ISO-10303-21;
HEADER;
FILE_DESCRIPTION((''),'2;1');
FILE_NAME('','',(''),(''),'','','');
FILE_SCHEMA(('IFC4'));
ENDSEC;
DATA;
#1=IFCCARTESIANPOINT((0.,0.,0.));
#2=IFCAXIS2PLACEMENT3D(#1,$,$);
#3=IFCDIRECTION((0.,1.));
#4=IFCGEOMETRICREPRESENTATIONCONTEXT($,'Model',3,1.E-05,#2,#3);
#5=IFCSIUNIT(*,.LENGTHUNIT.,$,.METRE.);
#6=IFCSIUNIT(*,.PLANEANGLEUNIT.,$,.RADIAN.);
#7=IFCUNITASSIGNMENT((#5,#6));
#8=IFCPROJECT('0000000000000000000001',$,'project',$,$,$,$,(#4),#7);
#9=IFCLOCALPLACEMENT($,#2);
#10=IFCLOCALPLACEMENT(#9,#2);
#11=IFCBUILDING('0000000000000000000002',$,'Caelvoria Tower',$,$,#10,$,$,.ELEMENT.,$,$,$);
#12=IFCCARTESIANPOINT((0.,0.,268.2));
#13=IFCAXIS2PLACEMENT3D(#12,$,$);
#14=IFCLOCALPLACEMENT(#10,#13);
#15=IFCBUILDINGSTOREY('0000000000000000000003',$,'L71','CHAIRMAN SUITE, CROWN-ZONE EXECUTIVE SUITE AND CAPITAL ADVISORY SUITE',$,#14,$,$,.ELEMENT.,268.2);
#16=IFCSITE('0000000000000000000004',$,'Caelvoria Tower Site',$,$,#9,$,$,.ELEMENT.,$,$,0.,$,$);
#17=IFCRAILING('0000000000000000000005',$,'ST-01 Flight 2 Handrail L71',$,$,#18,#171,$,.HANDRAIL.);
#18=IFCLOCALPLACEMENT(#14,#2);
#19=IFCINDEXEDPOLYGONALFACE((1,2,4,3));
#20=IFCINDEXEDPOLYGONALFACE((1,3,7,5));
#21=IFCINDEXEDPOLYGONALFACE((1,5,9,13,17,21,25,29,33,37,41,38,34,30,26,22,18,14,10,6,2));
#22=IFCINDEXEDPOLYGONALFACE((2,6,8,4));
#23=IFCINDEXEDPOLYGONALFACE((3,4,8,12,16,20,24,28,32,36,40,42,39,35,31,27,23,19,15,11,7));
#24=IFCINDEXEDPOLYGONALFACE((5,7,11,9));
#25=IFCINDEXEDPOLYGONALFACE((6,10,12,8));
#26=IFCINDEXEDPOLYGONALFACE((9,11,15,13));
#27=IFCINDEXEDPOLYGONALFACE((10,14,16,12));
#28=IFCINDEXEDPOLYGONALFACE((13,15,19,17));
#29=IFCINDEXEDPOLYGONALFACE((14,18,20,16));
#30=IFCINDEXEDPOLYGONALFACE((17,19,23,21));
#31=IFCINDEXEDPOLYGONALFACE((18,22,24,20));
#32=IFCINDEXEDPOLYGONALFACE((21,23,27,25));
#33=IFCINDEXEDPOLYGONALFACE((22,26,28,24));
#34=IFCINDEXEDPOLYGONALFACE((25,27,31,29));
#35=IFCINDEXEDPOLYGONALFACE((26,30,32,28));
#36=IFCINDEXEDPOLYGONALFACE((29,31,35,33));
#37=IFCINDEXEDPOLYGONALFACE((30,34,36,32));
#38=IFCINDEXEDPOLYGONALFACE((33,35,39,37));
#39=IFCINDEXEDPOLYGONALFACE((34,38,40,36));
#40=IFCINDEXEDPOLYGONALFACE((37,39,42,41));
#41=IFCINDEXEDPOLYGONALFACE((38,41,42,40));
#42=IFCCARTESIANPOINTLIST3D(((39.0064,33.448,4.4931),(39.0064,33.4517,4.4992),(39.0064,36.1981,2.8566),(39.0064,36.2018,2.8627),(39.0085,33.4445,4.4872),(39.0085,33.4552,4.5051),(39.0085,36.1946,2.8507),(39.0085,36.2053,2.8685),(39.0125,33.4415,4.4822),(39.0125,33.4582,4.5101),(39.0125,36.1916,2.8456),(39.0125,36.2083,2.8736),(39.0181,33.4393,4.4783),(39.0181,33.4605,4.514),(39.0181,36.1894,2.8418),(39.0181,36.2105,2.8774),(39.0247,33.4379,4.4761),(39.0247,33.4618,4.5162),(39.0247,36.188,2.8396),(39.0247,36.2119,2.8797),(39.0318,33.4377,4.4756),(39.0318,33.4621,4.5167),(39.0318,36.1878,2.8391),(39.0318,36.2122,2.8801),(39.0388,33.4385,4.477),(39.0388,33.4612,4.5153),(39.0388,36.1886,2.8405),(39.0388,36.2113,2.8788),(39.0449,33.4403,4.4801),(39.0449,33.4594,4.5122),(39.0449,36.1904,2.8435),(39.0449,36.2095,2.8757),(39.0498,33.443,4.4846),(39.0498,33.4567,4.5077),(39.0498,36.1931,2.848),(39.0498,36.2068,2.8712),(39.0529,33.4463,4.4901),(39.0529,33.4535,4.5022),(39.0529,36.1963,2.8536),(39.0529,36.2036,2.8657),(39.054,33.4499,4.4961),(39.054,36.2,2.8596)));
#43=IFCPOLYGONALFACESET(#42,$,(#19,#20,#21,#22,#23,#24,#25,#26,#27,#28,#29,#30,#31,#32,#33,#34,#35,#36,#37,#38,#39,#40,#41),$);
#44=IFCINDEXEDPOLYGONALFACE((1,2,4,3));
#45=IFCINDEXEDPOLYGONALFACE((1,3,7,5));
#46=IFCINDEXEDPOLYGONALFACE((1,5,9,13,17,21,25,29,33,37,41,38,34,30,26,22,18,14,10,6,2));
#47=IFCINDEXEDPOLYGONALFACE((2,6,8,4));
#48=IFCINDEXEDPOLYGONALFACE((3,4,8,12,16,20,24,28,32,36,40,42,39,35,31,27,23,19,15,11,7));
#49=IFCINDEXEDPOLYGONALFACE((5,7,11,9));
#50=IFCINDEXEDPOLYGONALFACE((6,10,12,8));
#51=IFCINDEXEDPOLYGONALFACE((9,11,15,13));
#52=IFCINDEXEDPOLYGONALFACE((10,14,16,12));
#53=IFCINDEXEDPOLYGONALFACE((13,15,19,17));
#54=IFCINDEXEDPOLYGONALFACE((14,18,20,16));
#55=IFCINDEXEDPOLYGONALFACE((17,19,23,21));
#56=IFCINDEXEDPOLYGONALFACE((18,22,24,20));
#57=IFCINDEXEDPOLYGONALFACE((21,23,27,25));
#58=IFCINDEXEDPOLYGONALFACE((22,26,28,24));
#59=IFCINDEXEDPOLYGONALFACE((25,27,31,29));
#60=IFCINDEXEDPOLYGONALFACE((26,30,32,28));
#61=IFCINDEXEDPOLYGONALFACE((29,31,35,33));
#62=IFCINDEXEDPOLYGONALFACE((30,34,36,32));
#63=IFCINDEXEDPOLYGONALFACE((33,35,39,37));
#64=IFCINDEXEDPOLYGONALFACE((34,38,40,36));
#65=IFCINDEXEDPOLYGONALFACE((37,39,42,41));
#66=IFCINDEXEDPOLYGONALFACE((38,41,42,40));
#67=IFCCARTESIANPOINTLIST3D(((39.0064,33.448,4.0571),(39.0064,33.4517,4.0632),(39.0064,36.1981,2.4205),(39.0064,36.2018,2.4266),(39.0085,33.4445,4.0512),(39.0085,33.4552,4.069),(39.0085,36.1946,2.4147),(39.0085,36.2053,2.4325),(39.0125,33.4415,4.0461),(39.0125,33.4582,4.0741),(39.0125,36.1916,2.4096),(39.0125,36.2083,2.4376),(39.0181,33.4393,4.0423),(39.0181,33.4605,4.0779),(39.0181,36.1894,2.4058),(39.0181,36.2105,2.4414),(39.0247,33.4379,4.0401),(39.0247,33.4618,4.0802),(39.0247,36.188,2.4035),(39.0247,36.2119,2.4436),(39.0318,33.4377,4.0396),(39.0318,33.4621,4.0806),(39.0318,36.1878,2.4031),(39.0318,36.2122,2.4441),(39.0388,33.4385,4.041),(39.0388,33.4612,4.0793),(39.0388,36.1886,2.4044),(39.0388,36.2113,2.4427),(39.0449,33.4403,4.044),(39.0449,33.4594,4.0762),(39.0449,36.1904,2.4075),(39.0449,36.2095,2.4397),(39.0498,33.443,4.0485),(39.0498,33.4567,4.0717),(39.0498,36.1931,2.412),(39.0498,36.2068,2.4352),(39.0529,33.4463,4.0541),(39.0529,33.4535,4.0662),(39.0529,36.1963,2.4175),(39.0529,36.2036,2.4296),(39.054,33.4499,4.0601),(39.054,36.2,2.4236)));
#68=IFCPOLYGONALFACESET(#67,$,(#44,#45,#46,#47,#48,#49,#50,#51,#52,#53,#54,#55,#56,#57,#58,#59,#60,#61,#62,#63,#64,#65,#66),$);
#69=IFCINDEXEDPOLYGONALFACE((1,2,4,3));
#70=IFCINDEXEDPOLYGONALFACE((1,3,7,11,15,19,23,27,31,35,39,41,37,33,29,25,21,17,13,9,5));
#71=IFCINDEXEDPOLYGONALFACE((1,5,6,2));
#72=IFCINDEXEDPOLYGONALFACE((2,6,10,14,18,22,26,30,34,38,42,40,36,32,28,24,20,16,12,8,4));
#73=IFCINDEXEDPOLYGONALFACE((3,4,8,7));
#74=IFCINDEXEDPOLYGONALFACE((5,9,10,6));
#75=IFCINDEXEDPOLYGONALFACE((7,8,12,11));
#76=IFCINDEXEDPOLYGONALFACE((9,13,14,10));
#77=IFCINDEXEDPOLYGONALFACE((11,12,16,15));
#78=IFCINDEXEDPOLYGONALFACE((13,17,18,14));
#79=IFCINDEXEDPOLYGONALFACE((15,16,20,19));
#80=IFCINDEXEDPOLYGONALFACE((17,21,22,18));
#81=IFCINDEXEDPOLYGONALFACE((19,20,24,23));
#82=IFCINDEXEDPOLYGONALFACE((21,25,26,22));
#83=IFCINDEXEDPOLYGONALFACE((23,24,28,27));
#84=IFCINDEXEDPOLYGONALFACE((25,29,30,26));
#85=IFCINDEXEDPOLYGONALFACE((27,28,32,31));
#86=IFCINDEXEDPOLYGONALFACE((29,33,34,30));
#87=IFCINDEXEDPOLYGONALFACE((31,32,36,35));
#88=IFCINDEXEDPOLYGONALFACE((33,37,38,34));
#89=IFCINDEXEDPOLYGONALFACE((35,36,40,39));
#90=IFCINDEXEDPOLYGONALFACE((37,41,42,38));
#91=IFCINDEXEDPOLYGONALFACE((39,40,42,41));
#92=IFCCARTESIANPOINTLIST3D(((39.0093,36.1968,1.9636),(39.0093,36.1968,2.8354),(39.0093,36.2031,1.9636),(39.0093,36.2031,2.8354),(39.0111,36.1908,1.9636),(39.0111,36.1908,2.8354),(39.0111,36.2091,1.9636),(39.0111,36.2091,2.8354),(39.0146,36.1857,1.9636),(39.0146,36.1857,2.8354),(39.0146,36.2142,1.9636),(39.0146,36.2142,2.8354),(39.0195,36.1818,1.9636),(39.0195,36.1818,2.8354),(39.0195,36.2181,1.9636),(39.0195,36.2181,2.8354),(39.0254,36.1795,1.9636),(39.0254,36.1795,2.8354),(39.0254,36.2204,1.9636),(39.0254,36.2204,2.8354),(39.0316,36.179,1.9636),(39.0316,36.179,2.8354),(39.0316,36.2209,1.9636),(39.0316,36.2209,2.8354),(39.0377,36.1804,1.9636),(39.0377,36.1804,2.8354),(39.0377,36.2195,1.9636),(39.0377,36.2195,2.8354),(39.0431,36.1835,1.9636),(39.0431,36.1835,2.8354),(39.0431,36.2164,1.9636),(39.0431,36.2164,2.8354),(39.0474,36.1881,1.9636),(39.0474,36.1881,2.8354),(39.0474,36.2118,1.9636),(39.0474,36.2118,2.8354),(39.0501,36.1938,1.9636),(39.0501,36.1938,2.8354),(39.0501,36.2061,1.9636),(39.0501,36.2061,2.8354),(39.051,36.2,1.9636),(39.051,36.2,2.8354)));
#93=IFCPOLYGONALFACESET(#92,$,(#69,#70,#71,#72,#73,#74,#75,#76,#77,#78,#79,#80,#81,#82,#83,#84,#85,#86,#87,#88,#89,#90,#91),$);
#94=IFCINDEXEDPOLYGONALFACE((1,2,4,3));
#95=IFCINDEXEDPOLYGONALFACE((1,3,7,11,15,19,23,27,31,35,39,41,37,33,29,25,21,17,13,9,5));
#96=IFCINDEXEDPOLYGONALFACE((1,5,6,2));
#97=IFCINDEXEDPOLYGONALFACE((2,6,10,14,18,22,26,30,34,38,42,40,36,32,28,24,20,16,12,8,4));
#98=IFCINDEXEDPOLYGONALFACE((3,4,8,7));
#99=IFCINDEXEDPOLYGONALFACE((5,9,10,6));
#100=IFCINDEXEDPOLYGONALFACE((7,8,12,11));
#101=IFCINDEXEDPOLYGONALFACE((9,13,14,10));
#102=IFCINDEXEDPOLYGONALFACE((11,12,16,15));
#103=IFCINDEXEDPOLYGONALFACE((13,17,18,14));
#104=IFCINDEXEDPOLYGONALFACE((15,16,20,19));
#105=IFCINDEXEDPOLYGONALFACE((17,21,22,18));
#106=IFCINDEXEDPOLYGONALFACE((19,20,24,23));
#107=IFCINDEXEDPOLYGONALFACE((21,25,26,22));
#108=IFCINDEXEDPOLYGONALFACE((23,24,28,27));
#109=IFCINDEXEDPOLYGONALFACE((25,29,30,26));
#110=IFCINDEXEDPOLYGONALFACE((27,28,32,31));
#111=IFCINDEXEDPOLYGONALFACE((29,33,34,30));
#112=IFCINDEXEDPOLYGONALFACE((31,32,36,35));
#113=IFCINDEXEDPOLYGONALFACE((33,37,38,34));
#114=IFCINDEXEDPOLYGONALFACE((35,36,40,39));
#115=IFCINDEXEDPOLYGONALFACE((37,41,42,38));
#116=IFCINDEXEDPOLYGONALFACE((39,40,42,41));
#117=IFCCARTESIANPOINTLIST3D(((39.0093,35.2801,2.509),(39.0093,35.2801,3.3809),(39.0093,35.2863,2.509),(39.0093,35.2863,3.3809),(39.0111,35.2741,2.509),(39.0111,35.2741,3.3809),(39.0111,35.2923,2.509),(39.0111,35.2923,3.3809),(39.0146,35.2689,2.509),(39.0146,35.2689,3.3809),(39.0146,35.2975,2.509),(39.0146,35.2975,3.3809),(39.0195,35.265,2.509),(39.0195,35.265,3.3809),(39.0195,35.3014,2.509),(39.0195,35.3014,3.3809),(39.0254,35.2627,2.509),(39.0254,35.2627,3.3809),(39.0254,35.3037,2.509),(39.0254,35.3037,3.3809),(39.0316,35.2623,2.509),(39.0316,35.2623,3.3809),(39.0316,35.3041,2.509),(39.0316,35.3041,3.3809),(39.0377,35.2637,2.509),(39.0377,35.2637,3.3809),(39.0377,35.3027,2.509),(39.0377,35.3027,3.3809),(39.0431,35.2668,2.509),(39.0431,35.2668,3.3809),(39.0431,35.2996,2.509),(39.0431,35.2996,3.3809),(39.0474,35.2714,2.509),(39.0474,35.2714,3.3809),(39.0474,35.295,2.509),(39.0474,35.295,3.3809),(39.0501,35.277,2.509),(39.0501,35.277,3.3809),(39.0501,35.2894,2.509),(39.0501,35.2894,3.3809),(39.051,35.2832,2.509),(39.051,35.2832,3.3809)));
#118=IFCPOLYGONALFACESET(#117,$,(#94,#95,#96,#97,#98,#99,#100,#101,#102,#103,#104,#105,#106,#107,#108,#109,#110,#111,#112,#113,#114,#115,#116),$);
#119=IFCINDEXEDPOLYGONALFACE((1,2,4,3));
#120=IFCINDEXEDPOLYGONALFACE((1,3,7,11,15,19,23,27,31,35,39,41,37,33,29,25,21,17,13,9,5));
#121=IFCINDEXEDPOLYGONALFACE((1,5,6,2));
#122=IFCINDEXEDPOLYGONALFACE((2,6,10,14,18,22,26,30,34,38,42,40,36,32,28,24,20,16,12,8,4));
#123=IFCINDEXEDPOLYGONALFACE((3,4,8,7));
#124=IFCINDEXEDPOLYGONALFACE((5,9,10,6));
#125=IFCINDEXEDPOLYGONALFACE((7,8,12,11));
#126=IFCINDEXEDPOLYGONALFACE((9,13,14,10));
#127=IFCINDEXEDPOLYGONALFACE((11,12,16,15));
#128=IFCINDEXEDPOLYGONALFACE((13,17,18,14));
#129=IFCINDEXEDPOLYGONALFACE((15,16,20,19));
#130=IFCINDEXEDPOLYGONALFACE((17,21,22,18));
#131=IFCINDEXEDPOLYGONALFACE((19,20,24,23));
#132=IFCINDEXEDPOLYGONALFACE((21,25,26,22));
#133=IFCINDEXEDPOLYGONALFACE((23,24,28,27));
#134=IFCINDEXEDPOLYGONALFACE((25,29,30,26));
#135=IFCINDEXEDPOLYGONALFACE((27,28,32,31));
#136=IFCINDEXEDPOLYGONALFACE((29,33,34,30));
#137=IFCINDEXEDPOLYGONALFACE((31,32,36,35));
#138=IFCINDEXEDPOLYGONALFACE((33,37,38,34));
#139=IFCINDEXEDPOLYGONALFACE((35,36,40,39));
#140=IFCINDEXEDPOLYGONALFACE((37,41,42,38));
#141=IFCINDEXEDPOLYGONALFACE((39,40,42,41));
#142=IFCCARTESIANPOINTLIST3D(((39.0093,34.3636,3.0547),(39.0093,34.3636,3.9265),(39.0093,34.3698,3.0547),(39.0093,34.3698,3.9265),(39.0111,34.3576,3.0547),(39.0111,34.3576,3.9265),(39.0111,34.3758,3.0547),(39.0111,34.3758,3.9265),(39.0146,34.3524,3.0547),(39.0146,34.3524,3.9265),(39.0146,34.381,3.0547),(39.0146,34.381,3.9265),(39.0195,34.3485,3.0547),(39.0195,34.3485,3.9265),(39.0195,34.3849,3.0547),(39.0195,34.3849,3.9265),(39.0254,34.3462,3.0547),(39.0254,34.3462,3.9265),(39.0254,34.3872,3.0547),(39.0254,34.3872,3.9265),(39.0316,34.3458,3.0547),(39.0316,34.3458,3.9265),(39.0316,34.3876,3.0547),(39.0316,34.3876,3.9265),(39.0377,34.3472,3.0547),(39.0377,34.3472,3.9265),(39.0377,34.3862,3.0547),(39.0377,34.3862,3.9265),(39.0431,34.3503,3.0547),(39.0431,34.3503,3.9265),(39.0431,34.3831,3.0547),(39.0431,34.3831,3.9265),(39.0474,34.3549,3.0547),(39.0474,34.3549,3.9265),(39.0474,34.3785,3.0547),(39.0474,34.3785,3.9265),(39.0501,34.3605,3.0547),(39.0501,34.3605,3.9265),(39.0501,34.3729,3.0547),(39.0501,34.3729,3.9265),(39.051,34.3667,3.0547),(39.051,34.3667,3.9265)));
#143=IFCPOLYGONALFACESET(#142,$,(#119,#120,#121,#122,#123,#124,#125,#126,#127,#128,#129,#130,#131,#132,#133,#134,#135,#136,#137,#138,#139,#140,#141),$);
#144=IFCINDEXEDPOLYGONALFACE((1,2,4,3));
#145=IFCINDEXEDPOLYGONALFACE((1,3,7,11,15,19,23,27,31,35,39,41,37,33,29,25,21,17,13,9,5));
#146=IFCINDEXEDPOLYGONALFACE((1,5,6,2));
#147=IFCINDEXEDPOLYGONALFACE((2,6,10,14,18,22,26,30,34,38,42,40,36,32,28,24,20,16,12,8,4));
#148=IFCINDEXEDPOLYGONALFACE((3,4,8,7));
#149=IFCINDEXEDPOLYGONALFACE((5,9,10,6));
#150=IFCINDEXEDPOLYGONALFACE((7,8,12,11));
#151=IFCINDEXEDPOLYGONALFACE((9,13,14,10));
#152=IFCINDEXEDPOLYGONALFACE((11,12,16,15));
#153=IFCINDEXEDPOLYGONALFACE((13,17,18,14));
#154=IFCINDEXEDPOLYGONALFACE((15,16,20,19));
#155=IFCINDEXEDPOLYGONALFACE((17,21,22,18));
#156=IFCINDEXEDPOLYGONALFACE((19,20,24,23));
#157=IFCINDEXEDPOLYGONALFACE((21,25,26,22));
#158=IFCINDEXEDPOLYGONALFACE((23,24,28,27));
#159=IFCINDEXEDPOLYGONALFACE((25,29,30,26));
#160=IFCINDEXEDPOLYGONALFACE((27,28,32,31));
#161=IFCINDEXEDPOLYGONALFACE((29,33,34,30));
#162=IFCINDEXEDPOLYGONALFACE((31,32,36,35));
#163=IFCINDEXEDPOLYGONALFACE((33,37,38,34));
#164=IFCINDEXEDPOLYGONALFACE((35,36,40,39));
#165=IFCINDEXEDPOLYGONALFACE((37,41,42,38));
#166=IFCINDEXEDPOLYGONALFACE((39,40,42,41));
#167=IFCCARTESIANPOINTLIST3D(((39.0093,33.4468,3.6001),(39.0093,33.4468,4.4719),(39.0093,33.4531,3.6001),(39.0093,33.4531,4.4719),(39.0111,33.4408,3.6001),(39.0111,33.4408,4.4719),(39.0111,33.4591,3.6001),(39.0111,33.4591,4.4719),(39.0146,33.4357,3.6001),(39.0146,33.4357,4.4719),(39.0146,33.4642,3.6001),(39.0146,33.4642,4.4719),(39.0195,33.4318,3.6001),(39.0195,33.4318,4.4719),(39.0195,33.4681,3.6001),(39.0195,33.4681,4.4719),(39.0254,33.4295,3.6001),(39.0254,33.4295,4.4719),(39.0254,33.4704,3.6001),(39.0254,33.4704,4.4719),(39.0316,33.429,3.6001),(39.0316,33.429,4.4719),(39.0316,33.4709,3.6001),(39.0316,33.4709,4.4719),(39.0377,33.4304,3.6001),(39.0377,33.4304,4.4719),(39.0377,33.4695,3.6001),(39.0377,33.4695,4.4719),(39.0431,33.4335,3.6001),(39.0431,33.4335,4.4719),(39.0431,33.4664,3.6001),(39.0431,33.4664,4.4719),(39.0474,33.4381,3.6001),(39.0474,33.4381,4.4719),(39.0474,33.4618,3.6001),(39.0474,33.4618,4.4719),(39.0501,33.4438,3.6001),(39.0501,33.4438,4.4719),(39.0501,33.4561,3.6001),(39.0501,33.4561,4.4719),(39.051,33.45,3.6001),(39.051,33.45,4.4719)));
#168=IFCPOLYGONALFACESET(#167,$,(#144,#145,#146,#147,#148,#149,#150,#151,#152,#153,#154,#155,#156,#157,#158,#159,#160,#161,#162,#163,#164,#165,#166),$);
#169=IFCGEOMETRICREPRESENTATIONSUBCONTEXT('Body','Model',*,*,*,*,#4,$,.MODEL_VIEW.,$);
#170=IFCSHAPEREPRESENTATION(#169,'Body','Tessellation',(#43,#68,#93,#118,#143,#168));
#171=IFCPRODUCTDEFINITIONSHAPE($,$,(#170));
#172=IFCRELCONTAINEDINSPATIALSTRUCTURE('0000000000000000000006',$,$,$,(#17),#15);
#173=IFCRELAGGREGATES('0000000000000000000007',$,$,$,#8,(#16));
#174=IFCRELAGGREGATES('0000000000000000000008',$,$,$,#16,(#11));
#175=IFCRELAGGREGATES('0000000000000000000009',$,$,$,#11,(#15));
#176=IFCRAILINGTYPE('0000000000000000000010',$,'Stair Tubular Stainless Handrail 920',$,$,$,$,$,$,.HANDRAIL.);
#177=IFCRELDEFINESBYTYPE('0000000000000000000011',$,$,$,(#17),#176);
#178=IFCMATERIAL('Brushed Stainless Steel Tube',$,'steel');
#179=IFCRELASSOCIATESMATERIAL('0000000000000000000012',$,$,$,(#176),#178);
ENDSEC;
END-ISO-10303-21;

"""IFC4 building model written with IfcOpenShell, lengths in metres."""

from ifc_helpers import new_model, si_unit, direction, frame, origin, origin_2d, place, context, subcontext, project, spatial, circle, extrude, material, type_object, element, save


model = new_model("IFC4")

# Units and contexts
model_context = context("Model", 3, precision=1e-05, world=origin(), true_north=direction((0.0, 1.0)))
body_context = subcontext(model_context, "Body", "Model", "MODEL_VIEW")
ifc_project = project(units=[si_unit("LENGTHUNIT", "METRE"), si_unit("PLANEANGLEUNIT", "RADIAN")], contexts=[model_context])

# Site, building, storey
site_placement = place(None, origin())
site = spatial("IfcSite", under=ifc_project, at=site_placement, Name="Caelvoria Tower Site", CompositionType="ELEMENT", RefElevation=0.0)
building_placement = place(site_placement, origin())
building = spatial("IfcBuilding", under=site, at=building_placement, Name="Caelvoria Tower", CompositionType="ELEMENT")
storey_placement = place(building_placement, frame((0.0, 0.0, 268.2)))
storey = spatial("IfcBuildingStorey", under=building, at=storey_placement, Name="L71", Description="CHAIRMAN SUITE, CROWN-ZONE EXECUTIVE SUITE AND CAPITAL ADVISORY SUITE", CompositionType="ELEMENT", Elevation=268.2)

# Railing
ifc_material_1 = material(Name="Brushed Stainless Steel Tube", Category="steel")
railing_type_1 = type_object("IfcRailingType", Name="Stair Tubular Stainless Handrail 920", PredefinedType="HANDRAIL", material=ifc_material_1)
railing_1_placement = place(storey_placement, frame((39.03, 36.2, 1.9636)))
element("IfcRailing", 1, at=railing_1_placement, inside=storey, type_object=railing_type_1, Name="ST-01 Flight 2 Handrail L71", PredefinedType="HANDRAIL", context=body_context, shape_type="SweptSolid", body=[
    extrude(circle(Radius=0.0239, at=origin_2d()), frame((0.0, 0.0, 0.896), z_axis=(0.0, -0.859352, 0.511385), x_axis=(1.0, 0.0, 0.0)), (0.0, 0.0, 1.0), 3.2002),
    extrude(circle(Radius=0.0239, at=origin_2d()), frame((0.0, 0.0, 0.46), z_axis=(0.0, -0.859352, 0.511385), x_axis=(1.0, 0.0, 0.0)), (0.0, 0.0, 1.0), 3.2002),
    extrude(circle(Radius=0.021, at=origin_2d()), origin(), (0.0, 0.0, 1.0), 0.8718),
    extrude(circle(Radius=0.021, at=origin_2d()), frame((0.0, -0.9167, 0.5454)), (0.0, 0.0, 1.0), 0.8718),
    extrude(circle(Radius=0.021, at=origin_2d()), frame((0.0, -1.8333, 1.0911)), (0.0, 0.0, 1.0), 0.8718),
    extrude(circle(Radius=0.021, at=origin_2d()), frame((0.0, -2.75, 1.6365)), (0.0, 0.0, 1.0), 0.8718),
])

save(model, "model.ifc")
